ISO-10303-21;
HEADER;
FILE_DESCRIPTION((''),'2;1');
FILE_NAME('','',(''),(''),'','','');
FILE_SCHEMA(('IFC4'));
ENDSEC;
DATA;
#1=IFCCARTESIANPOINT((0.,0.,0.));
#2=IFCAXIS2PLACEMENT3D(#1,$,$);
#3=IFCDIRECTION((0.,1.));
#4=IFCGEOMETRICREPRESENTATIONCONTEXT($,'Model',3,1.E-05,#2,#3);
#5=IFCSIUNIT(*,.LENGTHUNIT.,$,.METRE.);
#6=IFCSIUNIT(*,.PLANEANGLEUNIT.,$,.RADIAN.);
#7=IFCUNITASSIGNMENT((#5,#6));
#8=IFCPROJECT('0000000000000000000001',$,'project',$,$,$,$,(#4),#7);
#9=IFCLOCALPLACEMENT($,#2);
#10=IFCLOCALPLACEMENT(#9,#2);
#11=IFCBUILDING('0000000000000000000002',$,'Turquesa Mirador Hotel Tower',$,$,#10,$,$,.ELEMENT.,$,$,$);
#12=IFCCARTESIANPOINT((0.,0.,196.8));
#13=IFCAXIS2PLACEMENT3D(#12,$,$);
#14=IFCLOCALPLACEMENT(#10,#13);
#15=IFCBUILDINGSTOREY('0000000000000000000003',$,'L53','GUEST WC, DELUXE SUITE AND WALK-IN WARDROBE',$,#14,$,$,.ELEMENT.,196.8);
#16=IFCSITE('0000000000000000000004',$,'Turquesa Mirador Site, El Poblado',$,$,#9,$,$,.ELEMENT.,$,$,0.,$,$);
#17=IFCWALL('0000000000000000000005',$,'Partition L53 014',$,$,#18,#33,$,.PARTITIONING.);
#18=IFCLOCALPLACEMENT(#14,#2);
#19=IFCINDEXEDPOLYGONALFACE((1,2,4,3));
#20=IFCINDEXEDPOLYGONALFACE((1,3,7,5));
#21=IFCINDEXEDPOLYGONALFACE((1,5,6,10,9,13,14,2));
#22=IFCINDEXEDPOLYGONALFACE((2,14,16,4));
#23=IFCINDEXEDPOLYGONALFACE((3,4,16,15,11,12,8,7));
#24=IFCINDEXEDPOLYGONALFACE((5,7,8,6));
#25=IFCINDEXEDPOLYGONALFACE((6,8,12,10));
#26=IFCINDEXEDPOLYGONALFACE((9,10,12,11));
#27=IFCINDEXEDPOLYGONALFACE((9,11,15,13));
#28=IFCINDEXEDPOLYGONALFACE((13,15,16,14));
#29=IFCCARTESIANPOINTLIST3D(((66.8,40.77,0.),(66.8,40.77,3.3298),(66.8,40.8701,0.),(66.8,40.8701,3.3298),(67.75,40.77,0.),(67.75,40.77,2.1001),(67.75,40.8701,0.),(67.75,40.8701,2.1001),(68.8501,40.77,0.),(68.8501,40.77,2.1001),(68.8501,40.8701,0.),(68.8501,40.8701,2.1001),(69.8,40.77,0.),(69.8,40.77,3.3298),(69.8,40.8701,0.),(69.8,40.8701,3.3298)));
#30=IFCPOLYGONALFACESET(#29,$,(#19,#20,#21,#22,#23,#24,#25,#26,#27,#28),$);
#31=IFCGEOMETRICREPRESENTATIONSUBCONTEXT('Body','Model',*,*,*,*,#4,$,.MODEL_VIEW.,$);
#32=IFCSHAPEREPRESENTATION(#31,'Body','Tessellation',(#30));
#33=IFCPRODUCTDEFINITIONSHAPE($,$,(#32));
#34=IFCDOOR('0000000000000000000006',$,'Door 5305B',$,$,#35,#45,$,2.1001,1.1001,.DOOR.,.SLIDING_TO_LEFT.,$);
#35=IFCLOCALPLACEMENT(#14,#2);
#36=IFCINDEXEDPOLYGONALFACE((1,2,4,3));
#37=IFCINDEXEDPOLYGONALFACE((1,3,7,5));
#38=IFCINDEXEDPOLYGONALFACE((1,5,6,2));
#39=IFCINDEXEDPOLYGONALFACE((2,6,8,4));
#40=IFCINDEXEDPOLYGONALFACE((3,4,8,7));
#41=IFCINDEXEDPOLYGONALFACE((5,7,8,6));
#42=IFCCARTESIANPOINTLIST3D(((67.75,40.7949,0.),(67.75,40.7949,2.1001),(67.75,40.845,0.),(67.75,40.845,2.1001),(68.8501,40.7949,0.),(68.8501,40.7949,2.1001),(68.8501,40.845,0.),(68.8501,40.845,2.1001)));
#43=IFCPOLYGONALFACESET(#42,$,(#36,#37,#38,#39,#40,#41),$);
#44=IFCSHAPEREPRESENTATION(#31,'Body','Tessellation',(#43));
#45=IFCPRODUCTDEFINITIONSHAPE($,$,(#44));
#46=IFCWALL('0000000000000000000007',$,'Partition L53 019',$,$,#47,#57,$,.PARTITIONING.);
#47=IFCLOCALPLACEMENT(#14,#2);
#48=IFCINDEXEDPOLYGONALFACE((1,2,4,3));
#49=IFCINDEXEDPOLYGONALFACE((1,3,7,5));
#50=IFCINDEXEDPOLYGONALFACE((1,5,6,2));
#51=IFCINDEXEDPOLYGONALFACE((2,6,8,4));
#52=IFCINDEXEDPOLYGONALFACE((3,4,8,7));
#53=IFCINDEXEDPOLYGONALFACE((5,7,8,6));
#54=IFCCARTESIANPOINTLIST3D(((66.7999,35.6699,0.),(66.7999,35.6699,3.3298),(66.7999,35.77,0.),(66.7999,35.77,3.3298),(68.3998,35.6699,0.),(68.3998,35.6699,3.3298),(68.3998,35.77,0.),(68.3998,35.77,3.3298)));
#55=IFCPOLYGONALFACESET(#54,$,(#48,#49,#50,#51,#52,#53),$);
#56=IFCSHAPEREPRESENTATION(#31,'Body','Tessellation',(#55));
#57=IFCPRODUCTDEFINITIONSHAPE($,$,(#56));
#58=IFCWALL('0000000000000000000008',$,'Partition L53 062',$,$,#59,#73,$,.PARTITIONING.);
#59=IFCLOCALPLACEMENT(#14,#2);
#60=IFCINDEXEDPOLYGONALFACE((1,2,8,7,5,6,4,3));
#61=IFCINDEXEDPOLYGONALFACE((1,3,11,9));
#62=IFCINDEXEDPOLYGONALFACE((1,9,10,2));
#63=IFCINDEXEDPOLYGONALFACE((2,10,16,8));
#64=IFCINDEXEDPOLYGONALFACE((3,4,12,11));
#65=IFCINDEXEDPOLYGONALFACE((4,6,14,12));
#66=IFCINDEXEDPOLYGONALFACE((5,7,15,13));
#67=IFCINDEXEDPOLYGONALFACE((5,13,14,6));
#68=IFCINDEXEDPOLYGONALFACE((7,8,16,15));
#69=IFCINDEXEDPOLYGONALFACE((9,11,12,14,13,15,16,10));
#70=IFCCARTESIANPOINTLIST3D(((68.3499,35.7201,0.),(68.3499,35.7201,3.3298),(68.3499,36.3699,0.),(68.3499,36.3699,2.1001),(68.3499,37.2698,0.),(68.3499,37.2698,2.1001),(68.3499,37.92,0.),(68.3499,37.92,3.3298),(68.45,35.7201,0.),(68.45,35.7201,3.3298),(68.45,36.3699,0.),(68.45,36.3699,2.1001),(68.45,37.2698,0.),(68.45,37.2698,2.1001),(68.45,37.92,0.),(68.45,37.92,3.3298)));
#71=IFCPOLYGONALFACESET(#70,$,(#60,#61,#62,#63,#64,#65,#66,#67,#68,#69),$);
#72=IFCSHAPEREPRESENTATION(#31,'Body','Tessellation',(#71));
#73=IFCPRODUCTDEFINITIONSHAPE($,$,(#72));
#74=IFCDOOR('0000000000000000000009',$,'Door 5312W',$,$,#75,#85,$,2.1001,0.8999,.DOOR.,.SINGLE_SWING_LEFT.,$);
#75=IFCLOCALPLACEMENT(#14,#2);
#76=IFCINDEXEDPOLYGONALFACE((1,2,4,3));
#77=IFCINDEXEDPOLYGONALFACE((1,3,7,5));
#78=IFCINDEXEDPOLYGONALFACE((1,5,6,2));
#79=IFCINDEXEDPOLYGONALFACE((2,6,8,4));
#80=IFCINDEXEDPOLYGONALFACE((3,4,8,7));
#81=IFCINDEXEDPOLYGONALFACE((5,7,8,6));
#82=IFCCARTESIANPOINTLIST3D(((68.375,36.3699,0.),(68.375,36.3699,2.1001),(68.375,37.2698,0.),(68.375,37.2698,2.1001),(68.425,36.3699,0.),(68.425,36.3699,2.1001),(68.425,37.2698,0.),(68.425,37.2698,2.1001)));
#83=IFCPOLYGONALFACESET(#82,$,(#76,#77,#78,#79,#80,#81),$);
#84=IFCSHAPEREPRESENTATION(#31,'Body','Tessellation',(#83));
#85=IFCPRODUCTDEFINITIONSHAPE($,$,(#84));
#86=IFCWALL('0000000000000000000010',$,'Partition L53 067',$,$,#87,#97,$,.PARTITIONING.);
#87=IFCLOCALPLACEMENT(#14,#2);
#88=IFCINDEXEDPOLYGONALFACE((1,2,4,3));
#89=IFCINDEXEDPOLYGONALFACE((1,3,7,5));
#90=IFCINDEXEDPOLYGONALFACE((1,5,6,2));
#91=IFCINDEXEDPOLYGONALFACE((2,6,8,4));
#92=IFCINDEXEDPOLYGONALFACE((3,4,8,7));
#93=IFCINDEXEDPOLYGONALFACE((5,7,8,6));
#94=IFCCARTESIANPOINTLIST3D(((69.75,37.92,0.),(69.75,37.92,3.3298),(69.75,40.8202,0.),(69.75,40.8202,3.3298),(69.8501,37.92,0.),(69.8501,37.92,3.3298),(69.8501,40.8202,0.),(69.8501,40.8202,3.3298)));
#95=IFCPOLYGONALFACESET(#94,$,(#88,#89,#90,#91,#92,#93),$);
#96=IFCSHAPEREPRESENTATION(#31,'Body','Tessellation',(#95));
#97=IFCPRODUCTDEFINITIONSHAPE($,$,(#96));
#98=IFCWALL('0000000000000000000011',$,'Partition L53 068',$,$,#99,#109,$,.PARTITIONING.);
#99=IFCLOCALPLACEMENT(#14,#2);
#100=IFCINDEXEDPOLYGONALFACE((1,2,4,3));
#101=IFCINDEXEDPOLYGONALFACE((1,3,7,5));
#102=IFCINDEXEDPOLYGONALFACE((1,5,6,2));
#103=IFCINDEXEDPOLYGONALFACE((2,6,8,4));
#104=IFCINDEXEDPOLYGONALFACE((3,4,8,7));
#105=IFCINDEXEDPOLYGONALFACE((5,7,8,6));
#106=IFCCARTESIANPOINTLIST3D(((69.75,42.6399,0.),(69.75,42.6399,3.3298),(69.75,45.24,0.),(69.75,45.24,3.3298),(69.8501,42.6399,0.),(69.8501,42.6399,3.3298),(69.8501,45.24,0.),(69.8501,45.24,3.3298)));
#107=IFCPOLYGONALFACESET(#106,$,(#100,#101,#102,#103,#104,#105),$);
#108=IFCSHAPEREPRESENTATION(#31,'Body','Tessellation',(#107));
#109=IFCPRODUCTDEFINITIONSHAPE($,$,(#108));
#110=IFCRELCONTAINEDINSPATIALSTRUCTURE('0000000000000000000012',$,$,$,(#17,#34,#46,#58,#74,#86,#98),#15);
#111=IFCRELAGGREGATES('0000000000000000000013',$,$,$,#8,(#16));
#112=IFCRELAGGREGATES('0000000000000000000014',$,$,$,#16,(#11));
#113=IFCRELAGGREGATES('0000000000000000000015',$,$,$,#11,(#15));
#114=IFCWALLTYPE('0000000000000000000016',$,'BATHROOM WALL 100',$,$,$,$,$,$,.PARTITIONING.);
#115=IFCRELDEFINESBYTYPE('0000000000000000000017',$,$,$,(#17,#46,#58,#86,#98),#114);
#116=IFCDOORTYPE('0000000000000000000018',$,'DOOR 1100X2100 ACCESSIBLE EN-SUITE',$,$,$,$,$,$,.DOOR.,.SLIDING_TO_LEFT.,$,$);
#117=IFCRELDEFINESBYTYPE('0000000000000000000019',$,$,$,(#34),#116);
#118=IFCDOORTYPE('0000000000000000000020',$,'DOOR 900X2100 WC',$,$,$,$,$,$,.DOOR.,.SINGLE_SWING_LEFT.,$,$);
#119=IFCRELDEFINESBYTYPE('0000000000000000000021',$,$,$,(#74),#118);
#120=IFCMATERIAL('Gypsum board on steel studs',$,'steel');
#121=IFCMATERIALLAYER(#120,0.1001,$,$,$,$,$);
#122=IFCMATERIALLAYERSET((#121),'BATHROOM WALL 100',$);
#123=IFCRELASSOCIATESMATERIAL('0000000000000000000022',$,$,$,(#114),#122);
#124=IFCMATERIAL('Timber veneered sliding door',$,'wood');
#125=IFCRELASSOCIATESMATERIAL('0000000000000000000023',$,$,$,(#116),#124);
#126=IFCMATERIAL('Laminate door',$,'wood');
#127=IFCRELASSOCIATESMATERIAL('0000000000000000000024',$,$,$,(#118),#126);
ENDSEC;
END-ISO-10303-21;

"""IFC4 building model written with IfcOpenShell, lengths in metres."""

from ifc_helpers import new_model, si_unit, direction, frame, frame_2d, origin, place, context, subcontext, project, spatial, rectangle, extrude, material, layer, layer_set, type_object, element, fill, save


model = new_model("IFC4")

# Units and contexts
model_context = context("Model", 3, precision=1e-05, world=origin(), true_north=direction((0.0, 1.0)))
body_context = subcontext(model_context, "Body", "Model", "MODEL_VIEW")
ifc_project = project(units=[si_unit("LENGTHUNIT", "METRE"), si_unit("PLANEANGLEUNIT", "RADIAN")], contexts=[model_context])

# Site, building, storey
site_placement = place(None, origin())
site = spatial("IfcSite", under=ifc_project, at=site_placement, Name="Turquesa Mirador Site, El Poblado", CompositionType="ELEMENT", RefElevation=0.0)
building_placement = place(site_placement, origin())
building = spatial("IfcBuilding", under=site, at=building_placement, Name="Turquesa Mirador Hotel Tower", CompositionType="ELEMENT")
storey_placement = place(building_placement, frame((0.0, 0.0, 196.8)))
storey = spatial("IfcBuildingStorey", under=building, at=storey_placement, Name="L53", Description="GUEST WC, DELUXE SUITE AND WALK-IN WARDROBE", CompositionType="ELEMENT", Elevation=196.8)

# Wall, opening, door
ifc_material_1 = material(Name="Gypsum board on steel studs", Category="steel")
ifc_layer_1 = layer(ifc_material_1, 0.1001)
ifc_layer_set_1 = layer_set([ifc_layer_1], Name="BATHROOM WALL 100")
wall_type_1 = type_object("IfcWallType", Name="BATHROOM WALL 100", PredefinedType="PARTITIONING", material=ifc_layer_set_1)
wall_1_placement = place(storey_placement, frame((66.8, 40.8201, 0.0), z_axis=(0.0, 0.0, 1.0), x_axis=(1.0, 0.0, 0.0)))
wall_1 = element("IfcWall", 1, at=wall_1_placement, inside=storey, type_object=wall_type_1, Name="Partition L53 014", PredefinedType="PARTITIONING", context=body_context, shape_type="SweptSolid", body=[
    extrude(rectangle(XDim=3.0, YDim=0.1001, at=frame_2d((1.5, 0.0))), origin(), (0.0, 0.0, 1.0), 3.3298),
])
opening_1_placement = place(wall_1_placement, frame((0.95, 0.0, 0.0)))
opening_1 = element("IfcOpeningElement", 2, at=opening_1_placement, cuts=wall_1, PredefinedType="OPENING", context=body_context, shape_type="SweptSolid", body=[
    extrude(rectangle(XDim=1.1001, YDim=2.1001, at=frame_2d((0.55, 1.05))), frame((0.0, 0.0601, 0.0), z_axis=(0.0, -1.0, 0.0), x_axis=(1.0, 0.0, 0.0)), (0.0, 0.0, 1.0), 0.1201),
])
ifc_material_2 = material(Name="Timber veneered sliding door", Category="wood")
door_type_1 = type_object("IfcDoorType", Name="DOOR 1100X2100 ACCESSIBLE EN-SUITE", OperationType="SLIDING_TO_LEFT", PredefinedType="DOOR", material=ifc_material_2)
door_1_placement = place(opening_1_placement, origin())
door_1 = element("IfcDoor", 3, at=door_1_placement, inside=storey, type_object=door_type_1, Name="Door 5305B", OperationType="SLIDING_TO_LEFT", OverallHeight=2.1001, OverallWidth=1.1001, PredefinedType="DOOR", context=body_context, shape_type="SweptSolid", body=[
    extrude(rectangle(XDim=1.1001, YDim=2.1001, at=frame_2d((0.55, 1.05))), frame((0.0, 0.0249, 0.0), z_axis=(0.0, -1.0, 0.0), x_axis=(1.0, 0.0, 0.0)), (0.0, 0.0, 1.0), 0.05),
])
fill(opening_1, door_1)

# Wall
wall_2_placement = place(storey_placement, frame((66.8, 35.72, 0.0), z_axis=(0.0, 0.0, 1.0), x_axis=(1.0, 0.0, 0.0)))
element("IfcWall", 4, at=wall_2_placement, inside=storey, type_object=wall_type_1, Name="Partition L53 019", PredefinedType="PARTITIONING", context=body_context, shape_type="SweptSolid", body=[
    extrude(rectangle(XDim=1.5999, YDim=0.1001, at=frame_2d((0.7998, 0.0))), origin(), (0.0, 0.0, 1.0), 3.3298),
])

# Wall, opening, door
wall_3_placement = place(storey_placement, frame((68.3999, 35.72, 0.0), z_axis=(0.0, 0.0, 1.0), x_axis=(0.0, 1.0, 0.0)))
wall_3 = element("IfcWall", 5, at=wall_3_placement, inside=storey, type_object=wall_type_1, Name="Partition L53 062", PredefinedType="PARTITIONING", context=body_context, shape_type="SweptSolid", body=[
    extrude(rectangle(XDim=2.2, YDim=0.1001, at=frame_2d((1.1001, 0.0))), origin(), (0.0, 0.0, 1.0), 3.3298),
])
opening_2_placement = place(wall_3_placement, frame((0.6499, 0.0, 0.0)))
opening_2 = element("IfcOpeningElement", 6, at=opening_2_placement, cuts=wall_3, PredefinedType="OPENING", context=body_context, shape_type="SweptSolid", body=[
    extrude(rectangle(XDim=0.8999, YDim=2.1001, at=frame_2d((0.45, 1.05))), frame((0.0, 0.0601, 0.0), z_axis=(0.0, -1.0, 0.0), x_axis=(1.0, 0.0, 0.0)), (0.0, 0.0, 1.0), 0.1201),
])
ifc_material_3 = material(Name="Laminate door", Category="wood")
door_type_2 = type_object("IfcDoorType", Name="DOOR 900X2100 WC", OperationType="SINGLE_SWING_LEFT", PredefinedType="DOOR", material=ifc_material_3)
door_2_placement = place(opening_2_placement, origin())
door_2 = element("IfcDoor", 7, at=door_2_placement, inside=storey, type_object=door_type_2, Name="Door 5312W", OperationType="SINGLE_SWING_LEFT", OverallHeight=2.1001, OverallWidth=0.8999, PredefinedType="DOOR", context=body_context, shape_type="SweptSolid", body=[
    extrude(rectangle(XDim=0.8999, YDim=2.1001, at=frame_2d((0.45, 1.05))), frame((0.0, 0.0249, 0.0), z_axis=(0.0, -1.0, 0.0), x_axis=(1.0, 0.0, 0.0)), (0.0, 0.0, 1.0), 0.05),
])
fill(opening_2, door_2)

# Walls
wall_4_placement = place(storey_placement, frame((69.8, 37.9199, 0.0), z_axis=(0.0, 0.0, 1.0), x_axis=(0.0, 1.0, 0.0)))
element("IfcWall", 8, at=wall_4_placement, inside=storey, type_object=wall_type_1, Name="Partition L53 067", PredefinedType="PARTITIONING", context=body_context, shape_type="SweptSolid", body=[
    extrude(rectangle(XDim=2.9001, YDim=0.1001, at=frame_2d((1.4502, 0.0))), origin(), (0.0, 0.0, 1.0), 3.3298),
])
wall_5_placement = place(storey_placement, frame((69.8, 42.6399, 0.0), z_axis=(0.0, 0.0, 1.0), x_axis=(0.0, 1.0, 0.0)))
element("IfcWall", 9, at=wall_5_placement, inside=storey, type_object=wall_type_1, Name="Partition L53 068", PredefinedType="PARTITIONING", context=body_context, shape_type="SweptSolid", body=[
    extrude(rectangle(XDim=2.6001, YDim=0.1001, at=frame_2d((1.3, 0.0))), origin(), (0.0, 0.0, 1.0), 3.3298),
])

save(model, "model.ifc")
